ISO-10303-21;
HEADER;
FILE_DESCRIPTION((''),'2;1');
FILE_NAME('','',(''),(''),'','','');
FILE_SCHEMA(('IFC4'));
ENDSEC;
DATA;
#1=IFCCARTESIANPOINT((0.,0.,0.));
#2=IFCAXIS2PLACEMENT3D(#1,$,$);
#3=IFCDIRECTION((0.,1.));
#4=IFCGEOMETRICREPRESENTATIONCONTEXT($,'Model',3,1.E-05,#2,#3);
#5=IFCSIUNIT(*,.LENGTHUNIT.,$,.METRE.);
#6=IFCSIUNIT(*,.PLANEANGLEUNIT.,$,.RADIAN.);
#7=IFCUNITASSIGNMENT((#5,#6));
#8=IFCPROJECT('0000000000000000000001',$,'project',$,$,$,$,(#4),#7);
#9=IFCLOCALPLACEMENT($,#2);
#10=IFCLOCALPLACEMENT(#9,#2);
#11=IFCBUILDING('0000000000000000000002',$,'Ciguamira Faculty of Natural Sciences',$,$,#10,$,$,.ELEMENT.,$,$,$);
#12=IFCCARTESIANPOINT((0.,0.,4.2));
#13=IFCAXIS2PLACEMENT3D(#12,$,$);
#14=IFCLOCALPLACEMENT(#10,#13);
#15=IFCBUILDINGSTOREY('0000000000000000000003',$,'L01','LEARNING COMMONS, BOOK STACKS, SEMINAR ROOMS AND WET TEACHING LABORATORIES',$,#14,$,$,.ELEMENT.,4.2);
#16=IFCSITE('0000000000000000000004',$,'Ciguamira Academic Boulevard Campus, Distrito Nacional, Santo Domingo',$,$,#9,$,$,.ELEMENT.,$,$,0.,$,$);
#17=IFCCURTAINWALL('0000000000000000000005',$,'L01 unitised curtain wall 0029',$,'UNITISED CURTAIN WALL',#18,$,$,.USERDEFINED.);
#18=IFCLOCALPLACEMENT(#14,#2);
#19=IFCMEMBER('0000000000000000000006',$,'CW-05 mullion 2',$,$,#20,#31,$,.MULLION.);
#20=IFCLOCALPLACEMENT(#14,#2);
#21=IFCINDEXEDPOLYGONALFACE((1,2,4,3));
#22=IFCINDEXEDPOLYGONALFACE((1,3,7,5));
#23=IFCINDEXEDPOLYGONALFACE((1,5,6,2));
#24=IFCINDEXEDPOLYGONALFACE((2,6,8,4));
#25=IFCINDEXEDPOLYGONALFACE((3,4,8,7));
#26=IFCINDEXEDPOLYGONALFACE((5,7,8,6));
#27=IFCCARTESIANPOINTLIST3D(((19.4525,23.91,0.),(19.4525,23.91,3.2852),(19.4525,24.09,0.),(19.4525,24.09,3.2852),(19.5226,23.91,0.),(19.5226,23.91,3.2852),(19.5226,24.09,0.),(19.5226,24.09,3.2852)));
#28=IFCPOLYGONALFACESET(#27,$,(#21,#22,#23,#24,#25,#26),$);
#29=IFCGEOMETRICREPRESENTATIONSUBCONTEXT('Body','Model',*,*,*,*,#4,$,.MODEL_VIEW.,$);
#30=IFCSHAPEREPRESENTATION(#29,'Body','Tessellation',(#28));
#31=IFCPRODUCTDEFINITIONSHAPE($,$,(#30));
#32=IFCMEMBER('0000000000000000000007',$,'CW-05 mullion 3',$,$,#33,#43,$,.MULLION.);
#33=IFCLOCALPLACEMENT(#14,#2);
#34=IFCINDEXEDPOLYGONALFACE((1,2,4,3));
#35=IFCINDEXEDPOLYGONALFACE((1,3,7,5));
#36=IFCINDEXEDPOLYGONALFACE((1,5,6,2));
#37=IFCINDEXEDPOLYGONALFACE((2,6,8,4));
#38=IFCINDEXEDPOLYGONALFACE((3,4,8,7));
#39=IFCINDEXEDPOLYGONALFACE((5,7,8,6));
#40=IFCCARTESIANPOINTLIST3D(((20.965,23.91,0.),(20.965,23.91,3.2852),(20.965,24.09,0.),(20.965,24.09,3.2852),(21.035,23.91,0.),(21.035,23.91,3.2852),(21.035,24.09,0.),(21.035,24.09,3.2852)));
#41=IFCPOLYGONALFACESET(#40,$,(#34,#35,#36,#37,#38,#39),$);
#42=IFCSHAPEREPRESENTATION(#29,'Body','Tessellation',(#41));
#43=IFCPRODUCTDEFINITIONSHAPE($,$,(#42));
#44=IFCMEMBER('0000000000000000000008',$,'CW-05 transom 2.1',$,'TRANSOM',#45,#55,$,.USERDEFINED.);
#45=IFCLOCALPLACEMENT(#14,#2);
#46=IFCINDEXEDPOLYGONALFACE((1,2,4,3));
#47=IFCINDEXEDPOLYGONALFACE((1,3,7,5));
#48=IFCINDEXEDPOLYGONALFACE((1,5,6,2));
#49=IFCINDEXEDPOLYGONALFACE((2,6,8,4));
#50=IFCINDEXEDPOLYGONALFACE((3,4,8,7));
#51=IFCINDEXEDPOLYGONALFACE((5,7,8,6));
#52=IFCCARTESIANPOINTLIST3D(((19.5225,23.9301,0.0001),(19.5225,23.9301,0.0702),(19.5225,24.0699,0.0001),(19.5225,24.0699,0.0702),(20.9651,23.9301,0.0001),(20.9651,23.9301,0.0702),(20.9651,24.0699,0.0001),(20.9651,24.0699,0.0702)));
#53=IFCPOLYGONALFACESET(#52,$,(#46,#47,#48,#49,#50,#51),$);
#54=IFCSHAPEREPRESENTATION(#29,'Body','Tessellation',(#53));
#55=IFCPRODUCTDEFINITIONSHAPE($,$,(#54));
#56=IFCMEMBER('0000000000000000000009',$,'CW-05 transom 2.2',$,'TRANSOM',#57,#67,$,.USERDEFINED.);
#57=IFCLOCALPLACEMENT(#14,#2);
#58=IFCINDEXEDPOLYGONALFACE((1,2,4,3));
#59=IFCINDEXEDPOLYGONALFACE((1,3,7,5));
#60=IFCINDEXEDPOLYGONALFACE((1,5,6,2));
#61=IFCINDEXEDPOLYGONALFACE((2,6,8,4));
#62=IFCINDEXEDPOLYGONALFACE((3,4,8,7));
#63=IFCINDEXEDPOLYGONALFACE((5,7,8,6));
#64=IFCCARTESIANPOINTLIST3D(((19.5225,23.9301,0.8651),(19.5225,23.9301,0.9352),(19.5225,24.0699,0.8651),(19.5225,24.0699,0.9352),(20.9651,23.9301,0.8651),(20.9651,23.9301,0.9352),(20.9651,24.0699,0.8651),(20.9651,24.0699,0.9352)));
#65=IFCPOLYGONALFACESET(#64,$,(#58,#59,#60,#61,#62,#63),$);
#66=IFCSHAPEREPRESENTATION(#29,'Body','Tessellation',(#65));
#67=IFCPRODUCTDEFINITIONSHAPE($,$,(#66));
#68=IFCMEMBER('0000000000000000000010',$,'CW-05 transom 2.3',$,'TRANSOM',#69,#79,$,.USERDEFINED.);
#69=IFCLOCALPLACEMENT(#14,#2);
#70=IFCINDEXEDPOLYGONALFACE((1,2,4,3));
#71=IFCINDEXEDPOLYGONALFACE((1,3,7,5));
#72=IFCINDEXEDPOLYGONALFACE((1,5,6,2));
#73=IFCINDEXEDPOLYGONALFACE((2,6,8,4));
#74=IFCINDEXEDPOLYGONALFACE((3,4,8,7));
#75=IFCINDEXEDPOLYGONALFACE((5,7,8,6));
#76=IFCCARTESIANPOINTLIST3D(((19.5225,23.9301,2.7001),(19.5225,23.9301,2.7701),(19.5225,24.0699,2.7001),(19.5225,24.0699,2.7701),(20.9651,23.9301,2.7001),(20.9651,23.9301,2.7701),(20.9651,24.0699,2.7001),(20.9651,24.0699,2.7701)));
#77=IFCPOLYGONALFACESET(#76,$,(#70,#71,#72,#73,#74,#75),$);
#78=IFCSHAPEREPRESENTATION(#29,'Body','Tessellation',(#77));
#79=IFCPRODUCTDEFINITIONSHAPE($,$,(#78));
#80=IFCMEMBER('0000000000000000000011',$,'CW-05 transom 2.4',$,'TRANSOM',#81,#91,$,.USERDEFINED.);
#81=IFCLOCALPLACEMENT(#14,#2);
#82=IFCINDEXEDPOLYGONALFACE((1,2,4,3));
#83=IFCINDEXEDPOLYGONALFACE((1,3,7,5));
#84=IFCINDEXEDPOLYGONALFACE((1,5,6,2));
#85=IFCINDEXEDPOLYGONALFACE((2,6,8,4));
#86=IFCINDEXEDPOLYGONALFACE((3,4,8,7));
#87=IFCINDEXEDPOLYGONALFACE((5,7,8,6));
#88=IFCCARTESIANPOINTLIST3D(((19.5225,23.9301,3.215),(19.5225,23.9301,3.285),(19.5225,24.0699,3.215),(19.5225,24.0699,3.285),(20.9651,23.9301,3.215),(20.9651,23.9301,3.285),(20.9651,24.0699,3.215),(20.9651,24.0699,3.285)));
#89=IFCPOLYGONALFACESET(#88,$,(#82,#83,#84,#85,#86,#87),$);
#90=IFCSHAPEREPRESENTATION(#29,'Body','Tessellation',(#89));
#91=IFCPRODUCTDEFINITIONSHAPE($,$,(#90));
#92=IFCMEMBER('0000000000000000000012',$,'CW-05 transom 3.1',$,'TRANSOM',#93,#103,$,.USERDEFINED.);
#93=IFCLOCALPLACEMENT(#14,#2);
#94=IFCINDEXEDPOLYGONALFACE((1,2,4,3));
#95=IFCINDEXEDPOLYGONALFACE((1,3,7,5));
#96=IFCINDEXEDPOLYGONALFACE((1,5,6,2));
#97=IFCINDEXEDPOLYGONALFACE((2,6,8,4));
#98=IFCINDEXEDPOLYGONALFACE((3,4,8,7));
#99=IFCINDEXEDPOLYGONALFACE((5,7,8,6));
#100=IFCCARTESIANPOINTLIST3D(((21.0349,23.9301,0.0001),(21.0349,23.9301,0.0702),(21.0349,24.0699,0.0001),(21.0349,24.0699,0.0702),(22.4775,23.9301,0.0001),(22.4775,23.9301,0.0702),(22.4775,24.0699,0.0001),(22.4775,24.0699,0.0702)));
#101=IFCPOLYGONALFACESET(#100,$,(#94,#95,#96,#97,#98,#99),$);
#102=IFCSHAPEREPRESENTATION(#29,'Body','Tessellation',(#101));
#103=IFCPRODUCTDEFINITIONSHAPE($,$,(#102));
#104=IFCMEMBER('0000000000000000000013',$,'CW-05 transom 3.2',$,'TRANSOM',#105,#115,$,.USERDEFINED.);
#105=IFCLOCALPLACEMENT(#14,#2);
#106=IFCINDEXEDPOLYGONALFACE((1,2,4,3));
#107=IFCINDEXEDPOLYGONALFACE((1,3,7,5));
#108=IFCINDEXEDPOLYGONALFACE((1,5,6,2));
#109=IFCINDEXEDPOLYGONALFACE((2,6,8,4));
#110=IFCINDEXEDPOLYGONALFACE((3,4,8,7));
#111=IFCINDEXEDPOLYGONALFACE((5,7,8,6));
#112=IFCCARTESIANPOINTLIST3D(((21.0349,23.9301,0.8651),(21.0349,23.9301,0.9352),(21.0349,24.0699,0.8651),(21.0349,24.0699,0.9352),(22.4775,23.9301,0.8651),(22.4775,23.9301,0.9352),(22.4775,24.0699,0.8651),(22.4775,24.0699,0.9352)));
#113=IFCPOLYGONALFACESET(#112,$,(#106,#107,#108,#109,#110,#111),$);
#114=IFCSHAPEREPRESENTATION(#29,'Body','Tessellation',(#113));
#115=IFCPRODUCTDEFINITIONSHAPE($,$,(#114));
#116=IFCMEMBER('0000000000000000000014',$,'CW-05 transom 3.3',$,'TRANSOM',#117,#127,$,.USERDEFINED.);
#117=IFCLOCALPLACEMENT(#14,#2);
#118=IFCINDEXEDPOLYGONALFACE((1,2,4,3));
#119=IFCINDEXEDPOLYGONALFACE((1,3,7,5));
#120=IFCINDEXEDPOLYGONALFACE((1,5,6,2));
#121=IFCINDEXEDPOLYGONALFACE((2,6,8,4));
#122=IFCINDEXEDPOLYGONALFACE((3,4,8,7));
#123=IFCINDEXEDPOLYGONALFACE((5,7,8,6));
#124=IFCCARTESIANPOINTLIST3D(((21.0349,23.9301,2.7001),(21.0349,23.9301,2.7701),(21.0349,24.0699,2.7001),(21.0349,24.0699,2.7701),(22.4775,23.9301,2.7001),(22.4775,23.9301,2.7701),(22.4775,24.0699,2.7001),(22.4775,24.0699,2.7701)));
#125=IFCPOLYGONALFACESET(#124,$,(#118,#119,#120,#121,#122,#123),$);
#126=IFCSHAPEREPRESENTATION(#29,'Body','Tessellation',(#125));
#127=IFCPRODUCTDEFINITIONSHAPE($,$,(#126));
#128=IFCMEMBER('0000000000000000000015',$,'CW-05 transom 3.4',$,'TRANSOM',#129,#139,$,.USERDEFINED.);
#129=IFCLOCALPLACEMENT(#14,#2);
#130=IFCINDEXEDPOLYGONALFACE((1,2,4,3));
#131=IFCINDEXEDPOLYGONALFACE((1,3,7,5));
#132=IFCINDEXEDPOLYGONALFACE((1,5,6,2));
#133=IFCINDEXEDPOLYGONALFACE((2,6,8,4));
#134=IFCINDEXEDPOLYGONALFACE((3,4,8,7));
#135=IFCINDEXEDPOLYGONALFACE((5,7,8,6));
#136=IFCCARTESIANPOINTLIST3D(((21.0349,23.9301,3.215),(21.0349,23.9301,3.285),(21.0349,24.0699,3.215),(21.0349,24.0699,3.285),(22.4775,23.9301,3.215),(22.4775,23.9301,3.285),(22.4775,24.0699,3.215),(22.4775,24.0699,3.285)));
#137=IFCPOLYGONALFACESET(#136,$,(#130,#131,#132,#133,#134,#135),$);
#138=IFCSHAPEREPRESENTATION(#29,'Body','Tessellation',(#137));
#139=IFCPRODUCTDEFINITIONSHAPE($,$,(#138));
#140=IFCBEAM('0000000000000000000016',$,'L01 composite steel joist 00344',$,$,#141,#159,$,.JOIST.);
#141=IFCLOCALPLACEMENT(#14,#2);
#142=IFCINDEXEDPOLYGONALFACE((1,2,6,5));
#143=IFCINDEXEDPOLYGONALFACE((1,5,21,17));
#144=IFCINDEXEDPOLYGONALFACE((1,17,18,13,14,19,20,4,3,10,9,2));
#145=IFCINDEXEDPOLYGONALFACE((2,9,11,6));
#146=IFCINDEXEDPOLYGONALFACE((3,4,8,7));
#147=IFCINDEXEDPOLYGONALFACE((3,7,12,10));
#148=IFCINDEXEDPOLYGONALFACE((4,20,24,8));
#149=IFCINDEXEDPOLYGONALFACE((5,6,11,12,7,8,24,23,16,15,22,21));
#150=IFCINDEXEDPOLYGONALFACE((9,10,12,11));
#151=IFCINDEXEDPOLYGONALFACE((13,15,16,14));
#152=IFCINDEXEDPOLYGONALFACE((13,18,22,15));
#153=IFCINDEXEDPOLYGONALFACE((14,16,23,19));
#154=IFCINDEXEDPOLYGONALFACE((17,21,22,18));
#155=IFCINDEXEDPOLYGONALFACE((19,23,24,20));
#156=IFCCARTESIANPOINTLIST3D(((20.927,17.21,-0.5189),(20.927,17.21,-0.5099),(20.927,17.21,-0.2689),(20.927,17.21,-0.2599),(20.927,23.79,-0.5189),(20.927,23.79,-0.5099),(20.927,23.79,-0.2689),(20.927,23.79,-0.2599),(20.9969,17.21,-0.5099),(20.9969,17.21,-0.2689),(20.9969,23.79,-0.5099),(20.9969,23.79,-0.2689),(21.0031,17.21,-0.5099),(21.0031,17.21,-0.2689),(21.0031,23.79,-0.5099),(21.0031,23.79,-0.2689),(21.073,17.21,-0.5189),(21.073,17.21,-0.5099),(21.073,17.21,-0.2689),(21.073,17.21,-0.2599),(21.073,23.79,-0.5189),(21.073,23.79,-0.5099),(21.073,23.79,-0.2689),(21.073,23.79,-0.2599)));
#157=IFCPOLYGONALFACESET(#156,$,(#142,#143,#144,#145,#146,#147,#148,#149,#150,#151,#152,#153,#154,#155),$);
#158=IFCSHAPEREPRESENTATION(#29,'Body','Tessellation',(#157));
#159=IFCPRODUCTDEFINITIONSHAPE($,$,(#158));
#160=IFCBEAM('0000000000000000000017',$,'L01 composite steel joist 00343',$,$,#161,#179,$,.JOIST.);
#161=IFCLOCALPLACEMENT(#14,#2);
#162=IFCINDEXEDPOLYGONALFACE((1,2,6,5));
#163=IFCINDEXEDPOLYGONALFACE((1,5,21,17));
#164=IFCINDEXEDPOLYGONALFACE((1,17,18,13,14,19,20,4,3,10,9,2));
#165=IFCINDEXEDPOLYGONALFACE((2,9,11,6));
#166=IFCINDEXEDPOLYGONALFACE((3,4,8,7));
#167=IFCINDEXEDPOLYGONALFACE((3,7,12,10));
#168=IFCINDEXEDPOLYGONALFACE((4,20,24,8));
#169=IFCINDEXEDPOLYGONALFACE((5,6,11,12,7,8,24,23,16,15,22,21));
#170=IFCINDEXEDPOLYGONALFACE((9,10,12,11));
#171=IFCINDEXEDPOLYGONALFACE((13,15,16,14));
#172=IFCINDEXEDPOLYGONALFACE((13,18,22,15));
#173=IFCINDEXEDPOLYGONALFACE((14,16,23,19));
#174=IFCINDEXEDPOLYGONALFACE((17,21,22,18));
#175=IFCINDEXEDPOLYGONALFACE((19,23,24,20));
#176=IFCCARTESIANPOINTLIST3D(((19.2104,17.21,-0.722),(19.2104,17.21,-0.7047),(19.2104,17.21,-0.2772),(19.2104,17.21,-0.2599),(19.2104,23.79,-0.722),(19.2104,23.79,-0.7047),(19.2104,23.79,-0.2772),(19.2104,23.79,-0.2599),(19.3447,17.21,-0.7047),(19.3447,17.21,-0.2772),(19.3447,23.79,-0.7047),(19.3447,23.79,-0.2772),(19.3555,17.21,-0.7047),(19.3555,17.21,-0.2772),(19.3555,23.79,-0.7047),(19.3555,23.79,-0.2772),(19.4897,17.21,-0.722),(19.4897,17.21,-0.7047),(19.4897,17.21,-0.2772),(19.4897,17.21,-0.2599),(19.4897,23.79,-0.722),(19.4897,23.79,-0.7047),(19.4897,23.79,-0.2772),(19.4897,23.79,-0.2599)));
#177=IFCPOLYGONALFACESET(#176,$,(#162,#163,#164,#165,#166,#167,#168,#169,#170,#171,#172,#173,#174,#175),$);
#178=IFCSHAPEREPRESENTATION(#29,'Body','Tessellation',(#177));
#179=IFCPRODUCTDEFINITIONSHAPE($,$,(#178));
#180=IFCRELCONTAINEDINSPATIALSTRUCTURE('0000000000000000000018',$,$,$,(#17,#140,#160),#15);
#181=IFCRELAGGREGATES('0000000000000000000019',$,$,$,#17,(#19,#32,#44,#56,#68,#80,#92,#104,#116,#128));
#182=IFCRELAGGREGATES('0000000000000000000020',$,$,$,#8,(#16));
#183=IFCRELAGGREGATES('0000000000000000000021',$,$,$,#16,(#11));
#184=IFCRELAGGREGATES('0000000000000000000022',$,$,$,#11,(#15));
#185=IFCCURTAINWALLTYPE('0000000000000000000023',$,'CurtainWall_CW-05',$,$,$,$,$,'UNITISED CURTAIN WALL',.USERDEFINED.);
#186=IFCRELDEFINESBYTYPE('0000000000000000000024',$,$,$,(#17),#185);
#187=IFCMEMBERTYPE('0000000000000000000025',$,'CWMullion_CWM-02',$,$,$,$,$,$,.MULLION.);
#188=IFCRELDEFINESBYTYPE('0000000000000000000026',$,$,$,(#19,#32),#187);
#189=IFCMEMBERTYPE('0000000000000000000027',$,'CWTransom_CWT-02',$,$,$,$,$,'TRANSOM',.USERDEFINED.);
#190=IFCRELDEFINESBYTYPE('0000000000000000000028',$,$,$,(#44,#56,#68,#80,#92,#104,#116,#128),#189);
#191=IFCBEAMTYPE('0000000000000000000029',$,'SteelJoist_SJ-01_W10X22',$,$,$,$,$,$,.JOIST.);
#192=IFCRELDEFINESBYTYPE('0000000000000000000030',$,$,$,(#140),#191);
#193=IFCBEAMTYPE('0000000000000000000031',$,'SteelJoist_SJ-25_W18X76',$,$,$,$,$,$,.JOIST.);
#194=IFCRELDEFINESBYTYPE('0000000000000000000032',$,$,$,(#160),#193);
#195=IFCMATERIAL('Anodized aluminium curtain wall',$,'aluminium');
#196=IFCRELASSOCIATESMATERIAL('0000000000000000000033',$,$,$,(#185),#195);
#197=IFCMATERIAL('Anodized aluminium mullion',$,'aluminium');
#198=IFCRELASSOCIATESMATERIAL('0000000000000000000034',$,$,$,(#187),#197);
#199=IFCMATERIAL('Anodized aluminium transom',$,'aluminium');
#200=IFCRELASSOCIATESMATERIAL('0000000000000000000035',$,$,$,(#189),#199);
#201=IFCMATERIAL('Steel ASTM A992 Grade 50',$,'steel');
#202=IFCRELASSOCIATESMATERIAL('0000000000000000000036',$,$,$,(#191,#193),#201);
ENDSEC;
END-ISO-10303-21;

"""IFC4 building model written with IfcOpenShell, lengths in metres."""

from ifc_helpers import new_model, si_unit, direction, frame, origin, origin_2d, place, context, subcontext, project, spatial, rectangle, i_section, extrude, material, material_profile, profile_set, type_object, element, aggregate, save


model = new_model("IFC4")

# Units and contexts
model_context = context("Model", 3, precision=1e-05, world=origin(), true_north=direction((0.0, 1.0)))
body_context = subcontext(model_context, "Body", "Model", "MODEL_VIEW")
ifc_project = project(units=[si_unit("LENGTHUNIT", "METRE"), si_unit("PLANEANGLEUNIT", "RADIAN")], contexts=[model_context])

# Site, building, storey
site_placement = place(None, origin())
site = spatial("IfcSite", under=ifc_project, at=site_placement, Name="Ciguamira Academic Boulevard Campus, Distrito Nacional, Santo Domingo", CompositionType="ELEMENT", RefElevation=0.0)
building_placement = place(site_placement, origin())
building = spatial("IfcBuilding", under=site, at=building_placement, Name="Ciguamira Faculty of Natural Sciences", CompositionType="ELEMENT")
storey_placement = place(building_placement, frame((0.0, 0.0, 4.2)))
storey = spatial("IfcBuildingStorey", under=building, at=storey_placement, Name="L01", Description="LEARNING COMMONS, BOOK STACKS, SEMINAR ROOMS AND WET TEACHING LABORATORIES", CompositionType="ELEMENT", Elevation=4.2)

# Curtain wall, members
ifc_material_1 = material(Name="Anodized aluminium curtain wall", Category="aluminium")
curtain_wall_type = type_object("IfcCurtainWallType", Name="CurtainWall_CW-05", ElementType="UNITISED CURTAIN WALL", PredefinedType="USERDEFINED", material=ifc_material_1)
curtain_wall_placement = place(storey_placement, origin())
curtain_wall = element("IfcCurtainWall", 1, at=curtain_wall_placement, inside=storey, type_object=curtain_wall_type, Name="L01 unitised curtain wall 0029", ObjectType="UNITISED CURTAIN WALL", PredefinedType="USERDEFINED")
ifc_material_2 = material(Name="Anodized aluminium mullion", Category="aluminium")
ifc_material_profile_1 = material_profile(ifc_material_2, rectangle(XDim=0.0701, YDim=0.1799, at=origin_2d()), Name="ALU-MUL-70X180")
ifc_profile_set_1 = profile_set([ifc_material_profile_1], Name="Anodized aluminium mullion")
member_type_1 = type_object("IfcMemberType", Name="CWMullion_CWM-02", PredefinedType="MULLION", material=ifc_profile_set_1)
member_1_placement = place(storey_placement, frame((19.4875, 24.0, 0.0), z_axis=(0.0, 0.0, 1.0), x_axis=(1.0, 0.0, 0.0)))
member_1 = element("IfcMember", 2, at=member_1_placement, type_object=member_type_1, Name="CW-05 mullion 2", PredefinedType="MULLION", context=body_context, shape_type="SweptSolid", body=[
    extrude(rectangle(XDim=0.0701, YDim=0.1799, at=origin_2d()), origin(), (0.0, 0.0, 1.0), 3.2852),
])
member_2_placement = place(storey_placement, frame((21.0, 24.0, 0.0), z_axis=(0.0, 0.0, 1.0), x_axis=(1.0, 0.0, 0.0)))
member_2 = element("IfcMember", 3, at=member_2_placement, type_object=member_type_1, Name="CW-05 mullion 3", PredefinedType="MULLION", context=body_context, shape_type="SweptSolid", body=[
    extrude(rectangle(XDim=0.0701, YDim=0.1799, at=origin_2d()), origin(), (0.0, 0.0, 1.0), 3.2852),
])
ifc_material_3 = material(Name="Anodized aluminium transom", Category="aluminium")
ifc_material_profile_2 = material_profile(ifc_material_3, rectangle(XDim=0.0701, YDim=0.1399, at=origin_2d()), Name="ALU-TRN-70X140")
ifc_profile_set_2 = profile_set([ifc_material_profile_2], Name="Anodized aluminium transom")
member_type_2 = type_object("IfcMemberType", Name="CWTransom_CWT-02", ElementType="TRANSOM", PredefinedType="USERDEFINED", material=ifc_profile_set_2)
member_3_placement = place(storey_placement, frame((19.5225, 24.0, 0.0352), z_axis=(1.0, 0.0, 0.0), x_axis=(0.0, 0.0, 1.0)))
member_3 = element("IfcMember", 4, at=member_3_placement, type_object=member_type_2, Name="CW-05 transom 2.1", ObjectType="TRANSOM", PredefinedType="USERDEFINED", context=body_context, shape_type="SweptSolid", body=[
    extrude(rectangle(XDim=0.0701, YDim=0.1399, at=origin_2d()), origin(), (0.0, 0.0, 1.0), 1.4426),
])
member_4_placement = place(storey_placement, frame((19.5225, 24.0, 0.9001), z_axis=(1.0, 0.0, 0.0), x_axis=(0.0, 0.0, 1.0)))
member_4 = element("IfcMember", 5, at=member_4_placement, type_object=member_type_2, Name="CW-05 transom 2.2", ObjectType="TRANSOM", PredefinedType="USERDEFINED", context=body_context, shape_type="SweptSolid", body=[
    extrude(rectangle(XDim=0.0701, YDim=0.1399, at=origin_2d()), origin(), (0.0, 0.0, 1.0), 1.4426),
])
member_5_placement = place(storey_placement, frame((19.5225, 24.0, 2.7351), z_axis=(1.0, 0.0, 0.0), x_axis=(0.0, 0.0, 1.0)))
member_5 = element("IfcMember", 6, at=member_5_placement, type_object=member_type_2, Name="CW-05 transom 2.3", ObjectType="TRANSOM", PredefinedType="USERDEFINED", context=body_context, shape_type="SweptSolid", body=[
    extrude(rectangle(XDim=0.0701, YDim=0.1399, at=origin_2d()), origin(), (0.0, 0.0, 1.0), 1.4426),
])
member_6_placement = place(storey_placement, frame((19.5225, 24.0, 3.25), z_axis=(1.0, 0.0, 0.0), x_axis=(0.0, 0.0, 1.0)))
member_6 = element("IfcMember", 7, at=member_6_placement, type_object=member_type_2, Name="CW-05 transom 2.4", ObjectType="TRANSOM", PredefinedType="USERDEFINED", context=body_context, shape_type="SweptSolid", body=[
    extrude(rectangle(XDim=0.0701, YDim=0.1399, at=origin_2d()), origin(), (0.0, 0.0, 1.0), 1.4426),
])
member_7_placement = place(storey_placement, frame((21.0349, 24.0, 0.0352), z_axis=(1.0, 0.0, 0.0), x_axis=(0.0, 0.0, 1.0)))
member_7 = element("IfcMember", 8, at=member_7_placement, type_object=member_type_2, Name="CW-05 transom 3.1", ObjectType="TRANSOM", PredefinedType="USERDEFINED", context=body_context, shape_type="SweptSolid", body=[
    extrude(rectangle(XDim=0.0701, YDim=0.1399, at=origin_2d()), origin(), (0.0, 0.0, 1.0), 1.4426),
])
member_8_placement = place(storey_placement, frame((21.0349, 24.0, 0.9001), z_axis=(1.0, 0.0, 0.0), x_axis=(0.0, 0.0, 1.0)))
member_8 = element("IfcMember", 9, at=member_8_placement, type_object=member_type_2, Name="CW-05 transom 3.2", ObjectType="TRANSOM", PredefinedType="USERDEFINED", context=body_context, shape_type="SweptSolid", body=[
    extrude(rectangle(XDim=0.0701, YDim=0.1399, at=origin_2d()), origin(), (0.0, 0.0, 1.0), 1.4426),
])
member_9_placement = place(storey_placement, frame((21.0349, 24.0, 2.7351), z_axis=(1.0, 0.0, 0.0), x_axis=(0.0, 0.0, 1.0)))
member_9 = element("IfcMember", 10, at=member_9_placement, type_object=member_type_2, Name="CW-05 transom 3.3", ObjectType="TRANSOM", PredefinedType="USERDEFINED", context=body_context, shape_type="SweptSolid", body=[
    extrude(rectangle(XDim=0.0701, YDim=0.1399, at=origin_2d()), origin(), (0.0, 0.0, 1.0), 1.4426),
])
member_10_placement = place(storey_placement, frame((21.0349, 24.0, 3.25), z_axis=(1.0, 0.0, 0.0), x_axis=(0.0, 0.0, 1.0)))
member_10 = element("IfcMember", 11, at=member_10_placement, type_object=member_type_2, Name="CW-05 transom 3.4", ObjectType="TRANSOM", PredefinedType="USERDEFINED", context=body_context, shape_type="SweptSolid", body=[
    extrude(rectangle(XDim=0.0701, YDim=0.1399, at=origin_2d()), origin(), (0.0, 0.0, 1.0), 1.4426),
])

# Beams
ifc_material_4 = material(Name="Steel ASTM A992 Grade 50", Category="steel")
ifc_material_profile_3 = material_profile(ifc_material_4, i_section(OverallWidth=0.146, OverallDepth=0.259, WebThickness=0.0061, FlangeThickness=0.009, at=origin_2d()), Name="W10X22")
ifc_profile_set_3 = profile_set([ifc_material_profile_3], Name="Steel ASTM A992 Grade 50")
beam_type_1 = type_object("IfcBeamType", Name="SteelJoist_SJ-01_W10X22", PredefinedType="JOIST", material=ifc_profile_set_3)
beam_1_placement = place(storey_placement, frame((21.0, 17.21, -0.3894), z_axis=(0.0, 1.0, 0.0), x_axis=(-1.0, 0.0, 0.0)))
element("IfcBeam", 12, at=beam_1_placement, inside=storey, type_object=beam_type_1, Name="L01 composite steel joist 00344", PredefinedType="JOIST", context=body_context, shape_type="SweptSolid", body=[
    extrude(i_section(OverallWidth=0.146, OverallDepth=0.259, WebThickness=0.0061, FlangeThickness=0.009, at=origin_2d()), origin(), (0.0, 0.0, 1.0), 6.5801),
])
ifc_material_profile_4 = material_profile(ifc_material_4, i_section(OverallWidth=0.2793, OverallDepth=0.4622, WebThickness=0.0107, FlangeThickness=0.0173, at=origin_2d()), Name="W18X76")
ifc_profile_set_4 = profile_set([ifc_material_profile_4], Name="Steel ASTM A992 Grade 50")
beam_type_2 = type_object("IfcBeamType", Name="SteelJoist_SJ-25_W18X76", PredefinedType="JOIST", material=ifc_profile_set_4)
beam_2_placement = place(storey_placement, frame((19.3501, 17.21, -0.491), z_axis=(0.0, 1.0, 0.0), x_axis=(-1.0, 0.0, 0.0)))
element("IfcBeam", 13, at=beam_2_placement, inside=storey, type_object=beam_type_2, Name="L01 composite steel joist 00343", PredefinedType="JOIST", context=body_context, shape_type="SweptSolid", body=[
    extrude(i_section(OverallWidth=0.2793, OverallDepth=0.4622, WebThickness=0.0107, FlangeThickness=0.0173, at=origin_2d()), origin(), (0.0, 0.0, 1.0), 6.5801),
])

aggregate(curtain_wall, [member_1, member_2, member_3, member_4, member_5, member_6, member_7, member_8, member_9, member_10])

save(model, "model.ifc")
